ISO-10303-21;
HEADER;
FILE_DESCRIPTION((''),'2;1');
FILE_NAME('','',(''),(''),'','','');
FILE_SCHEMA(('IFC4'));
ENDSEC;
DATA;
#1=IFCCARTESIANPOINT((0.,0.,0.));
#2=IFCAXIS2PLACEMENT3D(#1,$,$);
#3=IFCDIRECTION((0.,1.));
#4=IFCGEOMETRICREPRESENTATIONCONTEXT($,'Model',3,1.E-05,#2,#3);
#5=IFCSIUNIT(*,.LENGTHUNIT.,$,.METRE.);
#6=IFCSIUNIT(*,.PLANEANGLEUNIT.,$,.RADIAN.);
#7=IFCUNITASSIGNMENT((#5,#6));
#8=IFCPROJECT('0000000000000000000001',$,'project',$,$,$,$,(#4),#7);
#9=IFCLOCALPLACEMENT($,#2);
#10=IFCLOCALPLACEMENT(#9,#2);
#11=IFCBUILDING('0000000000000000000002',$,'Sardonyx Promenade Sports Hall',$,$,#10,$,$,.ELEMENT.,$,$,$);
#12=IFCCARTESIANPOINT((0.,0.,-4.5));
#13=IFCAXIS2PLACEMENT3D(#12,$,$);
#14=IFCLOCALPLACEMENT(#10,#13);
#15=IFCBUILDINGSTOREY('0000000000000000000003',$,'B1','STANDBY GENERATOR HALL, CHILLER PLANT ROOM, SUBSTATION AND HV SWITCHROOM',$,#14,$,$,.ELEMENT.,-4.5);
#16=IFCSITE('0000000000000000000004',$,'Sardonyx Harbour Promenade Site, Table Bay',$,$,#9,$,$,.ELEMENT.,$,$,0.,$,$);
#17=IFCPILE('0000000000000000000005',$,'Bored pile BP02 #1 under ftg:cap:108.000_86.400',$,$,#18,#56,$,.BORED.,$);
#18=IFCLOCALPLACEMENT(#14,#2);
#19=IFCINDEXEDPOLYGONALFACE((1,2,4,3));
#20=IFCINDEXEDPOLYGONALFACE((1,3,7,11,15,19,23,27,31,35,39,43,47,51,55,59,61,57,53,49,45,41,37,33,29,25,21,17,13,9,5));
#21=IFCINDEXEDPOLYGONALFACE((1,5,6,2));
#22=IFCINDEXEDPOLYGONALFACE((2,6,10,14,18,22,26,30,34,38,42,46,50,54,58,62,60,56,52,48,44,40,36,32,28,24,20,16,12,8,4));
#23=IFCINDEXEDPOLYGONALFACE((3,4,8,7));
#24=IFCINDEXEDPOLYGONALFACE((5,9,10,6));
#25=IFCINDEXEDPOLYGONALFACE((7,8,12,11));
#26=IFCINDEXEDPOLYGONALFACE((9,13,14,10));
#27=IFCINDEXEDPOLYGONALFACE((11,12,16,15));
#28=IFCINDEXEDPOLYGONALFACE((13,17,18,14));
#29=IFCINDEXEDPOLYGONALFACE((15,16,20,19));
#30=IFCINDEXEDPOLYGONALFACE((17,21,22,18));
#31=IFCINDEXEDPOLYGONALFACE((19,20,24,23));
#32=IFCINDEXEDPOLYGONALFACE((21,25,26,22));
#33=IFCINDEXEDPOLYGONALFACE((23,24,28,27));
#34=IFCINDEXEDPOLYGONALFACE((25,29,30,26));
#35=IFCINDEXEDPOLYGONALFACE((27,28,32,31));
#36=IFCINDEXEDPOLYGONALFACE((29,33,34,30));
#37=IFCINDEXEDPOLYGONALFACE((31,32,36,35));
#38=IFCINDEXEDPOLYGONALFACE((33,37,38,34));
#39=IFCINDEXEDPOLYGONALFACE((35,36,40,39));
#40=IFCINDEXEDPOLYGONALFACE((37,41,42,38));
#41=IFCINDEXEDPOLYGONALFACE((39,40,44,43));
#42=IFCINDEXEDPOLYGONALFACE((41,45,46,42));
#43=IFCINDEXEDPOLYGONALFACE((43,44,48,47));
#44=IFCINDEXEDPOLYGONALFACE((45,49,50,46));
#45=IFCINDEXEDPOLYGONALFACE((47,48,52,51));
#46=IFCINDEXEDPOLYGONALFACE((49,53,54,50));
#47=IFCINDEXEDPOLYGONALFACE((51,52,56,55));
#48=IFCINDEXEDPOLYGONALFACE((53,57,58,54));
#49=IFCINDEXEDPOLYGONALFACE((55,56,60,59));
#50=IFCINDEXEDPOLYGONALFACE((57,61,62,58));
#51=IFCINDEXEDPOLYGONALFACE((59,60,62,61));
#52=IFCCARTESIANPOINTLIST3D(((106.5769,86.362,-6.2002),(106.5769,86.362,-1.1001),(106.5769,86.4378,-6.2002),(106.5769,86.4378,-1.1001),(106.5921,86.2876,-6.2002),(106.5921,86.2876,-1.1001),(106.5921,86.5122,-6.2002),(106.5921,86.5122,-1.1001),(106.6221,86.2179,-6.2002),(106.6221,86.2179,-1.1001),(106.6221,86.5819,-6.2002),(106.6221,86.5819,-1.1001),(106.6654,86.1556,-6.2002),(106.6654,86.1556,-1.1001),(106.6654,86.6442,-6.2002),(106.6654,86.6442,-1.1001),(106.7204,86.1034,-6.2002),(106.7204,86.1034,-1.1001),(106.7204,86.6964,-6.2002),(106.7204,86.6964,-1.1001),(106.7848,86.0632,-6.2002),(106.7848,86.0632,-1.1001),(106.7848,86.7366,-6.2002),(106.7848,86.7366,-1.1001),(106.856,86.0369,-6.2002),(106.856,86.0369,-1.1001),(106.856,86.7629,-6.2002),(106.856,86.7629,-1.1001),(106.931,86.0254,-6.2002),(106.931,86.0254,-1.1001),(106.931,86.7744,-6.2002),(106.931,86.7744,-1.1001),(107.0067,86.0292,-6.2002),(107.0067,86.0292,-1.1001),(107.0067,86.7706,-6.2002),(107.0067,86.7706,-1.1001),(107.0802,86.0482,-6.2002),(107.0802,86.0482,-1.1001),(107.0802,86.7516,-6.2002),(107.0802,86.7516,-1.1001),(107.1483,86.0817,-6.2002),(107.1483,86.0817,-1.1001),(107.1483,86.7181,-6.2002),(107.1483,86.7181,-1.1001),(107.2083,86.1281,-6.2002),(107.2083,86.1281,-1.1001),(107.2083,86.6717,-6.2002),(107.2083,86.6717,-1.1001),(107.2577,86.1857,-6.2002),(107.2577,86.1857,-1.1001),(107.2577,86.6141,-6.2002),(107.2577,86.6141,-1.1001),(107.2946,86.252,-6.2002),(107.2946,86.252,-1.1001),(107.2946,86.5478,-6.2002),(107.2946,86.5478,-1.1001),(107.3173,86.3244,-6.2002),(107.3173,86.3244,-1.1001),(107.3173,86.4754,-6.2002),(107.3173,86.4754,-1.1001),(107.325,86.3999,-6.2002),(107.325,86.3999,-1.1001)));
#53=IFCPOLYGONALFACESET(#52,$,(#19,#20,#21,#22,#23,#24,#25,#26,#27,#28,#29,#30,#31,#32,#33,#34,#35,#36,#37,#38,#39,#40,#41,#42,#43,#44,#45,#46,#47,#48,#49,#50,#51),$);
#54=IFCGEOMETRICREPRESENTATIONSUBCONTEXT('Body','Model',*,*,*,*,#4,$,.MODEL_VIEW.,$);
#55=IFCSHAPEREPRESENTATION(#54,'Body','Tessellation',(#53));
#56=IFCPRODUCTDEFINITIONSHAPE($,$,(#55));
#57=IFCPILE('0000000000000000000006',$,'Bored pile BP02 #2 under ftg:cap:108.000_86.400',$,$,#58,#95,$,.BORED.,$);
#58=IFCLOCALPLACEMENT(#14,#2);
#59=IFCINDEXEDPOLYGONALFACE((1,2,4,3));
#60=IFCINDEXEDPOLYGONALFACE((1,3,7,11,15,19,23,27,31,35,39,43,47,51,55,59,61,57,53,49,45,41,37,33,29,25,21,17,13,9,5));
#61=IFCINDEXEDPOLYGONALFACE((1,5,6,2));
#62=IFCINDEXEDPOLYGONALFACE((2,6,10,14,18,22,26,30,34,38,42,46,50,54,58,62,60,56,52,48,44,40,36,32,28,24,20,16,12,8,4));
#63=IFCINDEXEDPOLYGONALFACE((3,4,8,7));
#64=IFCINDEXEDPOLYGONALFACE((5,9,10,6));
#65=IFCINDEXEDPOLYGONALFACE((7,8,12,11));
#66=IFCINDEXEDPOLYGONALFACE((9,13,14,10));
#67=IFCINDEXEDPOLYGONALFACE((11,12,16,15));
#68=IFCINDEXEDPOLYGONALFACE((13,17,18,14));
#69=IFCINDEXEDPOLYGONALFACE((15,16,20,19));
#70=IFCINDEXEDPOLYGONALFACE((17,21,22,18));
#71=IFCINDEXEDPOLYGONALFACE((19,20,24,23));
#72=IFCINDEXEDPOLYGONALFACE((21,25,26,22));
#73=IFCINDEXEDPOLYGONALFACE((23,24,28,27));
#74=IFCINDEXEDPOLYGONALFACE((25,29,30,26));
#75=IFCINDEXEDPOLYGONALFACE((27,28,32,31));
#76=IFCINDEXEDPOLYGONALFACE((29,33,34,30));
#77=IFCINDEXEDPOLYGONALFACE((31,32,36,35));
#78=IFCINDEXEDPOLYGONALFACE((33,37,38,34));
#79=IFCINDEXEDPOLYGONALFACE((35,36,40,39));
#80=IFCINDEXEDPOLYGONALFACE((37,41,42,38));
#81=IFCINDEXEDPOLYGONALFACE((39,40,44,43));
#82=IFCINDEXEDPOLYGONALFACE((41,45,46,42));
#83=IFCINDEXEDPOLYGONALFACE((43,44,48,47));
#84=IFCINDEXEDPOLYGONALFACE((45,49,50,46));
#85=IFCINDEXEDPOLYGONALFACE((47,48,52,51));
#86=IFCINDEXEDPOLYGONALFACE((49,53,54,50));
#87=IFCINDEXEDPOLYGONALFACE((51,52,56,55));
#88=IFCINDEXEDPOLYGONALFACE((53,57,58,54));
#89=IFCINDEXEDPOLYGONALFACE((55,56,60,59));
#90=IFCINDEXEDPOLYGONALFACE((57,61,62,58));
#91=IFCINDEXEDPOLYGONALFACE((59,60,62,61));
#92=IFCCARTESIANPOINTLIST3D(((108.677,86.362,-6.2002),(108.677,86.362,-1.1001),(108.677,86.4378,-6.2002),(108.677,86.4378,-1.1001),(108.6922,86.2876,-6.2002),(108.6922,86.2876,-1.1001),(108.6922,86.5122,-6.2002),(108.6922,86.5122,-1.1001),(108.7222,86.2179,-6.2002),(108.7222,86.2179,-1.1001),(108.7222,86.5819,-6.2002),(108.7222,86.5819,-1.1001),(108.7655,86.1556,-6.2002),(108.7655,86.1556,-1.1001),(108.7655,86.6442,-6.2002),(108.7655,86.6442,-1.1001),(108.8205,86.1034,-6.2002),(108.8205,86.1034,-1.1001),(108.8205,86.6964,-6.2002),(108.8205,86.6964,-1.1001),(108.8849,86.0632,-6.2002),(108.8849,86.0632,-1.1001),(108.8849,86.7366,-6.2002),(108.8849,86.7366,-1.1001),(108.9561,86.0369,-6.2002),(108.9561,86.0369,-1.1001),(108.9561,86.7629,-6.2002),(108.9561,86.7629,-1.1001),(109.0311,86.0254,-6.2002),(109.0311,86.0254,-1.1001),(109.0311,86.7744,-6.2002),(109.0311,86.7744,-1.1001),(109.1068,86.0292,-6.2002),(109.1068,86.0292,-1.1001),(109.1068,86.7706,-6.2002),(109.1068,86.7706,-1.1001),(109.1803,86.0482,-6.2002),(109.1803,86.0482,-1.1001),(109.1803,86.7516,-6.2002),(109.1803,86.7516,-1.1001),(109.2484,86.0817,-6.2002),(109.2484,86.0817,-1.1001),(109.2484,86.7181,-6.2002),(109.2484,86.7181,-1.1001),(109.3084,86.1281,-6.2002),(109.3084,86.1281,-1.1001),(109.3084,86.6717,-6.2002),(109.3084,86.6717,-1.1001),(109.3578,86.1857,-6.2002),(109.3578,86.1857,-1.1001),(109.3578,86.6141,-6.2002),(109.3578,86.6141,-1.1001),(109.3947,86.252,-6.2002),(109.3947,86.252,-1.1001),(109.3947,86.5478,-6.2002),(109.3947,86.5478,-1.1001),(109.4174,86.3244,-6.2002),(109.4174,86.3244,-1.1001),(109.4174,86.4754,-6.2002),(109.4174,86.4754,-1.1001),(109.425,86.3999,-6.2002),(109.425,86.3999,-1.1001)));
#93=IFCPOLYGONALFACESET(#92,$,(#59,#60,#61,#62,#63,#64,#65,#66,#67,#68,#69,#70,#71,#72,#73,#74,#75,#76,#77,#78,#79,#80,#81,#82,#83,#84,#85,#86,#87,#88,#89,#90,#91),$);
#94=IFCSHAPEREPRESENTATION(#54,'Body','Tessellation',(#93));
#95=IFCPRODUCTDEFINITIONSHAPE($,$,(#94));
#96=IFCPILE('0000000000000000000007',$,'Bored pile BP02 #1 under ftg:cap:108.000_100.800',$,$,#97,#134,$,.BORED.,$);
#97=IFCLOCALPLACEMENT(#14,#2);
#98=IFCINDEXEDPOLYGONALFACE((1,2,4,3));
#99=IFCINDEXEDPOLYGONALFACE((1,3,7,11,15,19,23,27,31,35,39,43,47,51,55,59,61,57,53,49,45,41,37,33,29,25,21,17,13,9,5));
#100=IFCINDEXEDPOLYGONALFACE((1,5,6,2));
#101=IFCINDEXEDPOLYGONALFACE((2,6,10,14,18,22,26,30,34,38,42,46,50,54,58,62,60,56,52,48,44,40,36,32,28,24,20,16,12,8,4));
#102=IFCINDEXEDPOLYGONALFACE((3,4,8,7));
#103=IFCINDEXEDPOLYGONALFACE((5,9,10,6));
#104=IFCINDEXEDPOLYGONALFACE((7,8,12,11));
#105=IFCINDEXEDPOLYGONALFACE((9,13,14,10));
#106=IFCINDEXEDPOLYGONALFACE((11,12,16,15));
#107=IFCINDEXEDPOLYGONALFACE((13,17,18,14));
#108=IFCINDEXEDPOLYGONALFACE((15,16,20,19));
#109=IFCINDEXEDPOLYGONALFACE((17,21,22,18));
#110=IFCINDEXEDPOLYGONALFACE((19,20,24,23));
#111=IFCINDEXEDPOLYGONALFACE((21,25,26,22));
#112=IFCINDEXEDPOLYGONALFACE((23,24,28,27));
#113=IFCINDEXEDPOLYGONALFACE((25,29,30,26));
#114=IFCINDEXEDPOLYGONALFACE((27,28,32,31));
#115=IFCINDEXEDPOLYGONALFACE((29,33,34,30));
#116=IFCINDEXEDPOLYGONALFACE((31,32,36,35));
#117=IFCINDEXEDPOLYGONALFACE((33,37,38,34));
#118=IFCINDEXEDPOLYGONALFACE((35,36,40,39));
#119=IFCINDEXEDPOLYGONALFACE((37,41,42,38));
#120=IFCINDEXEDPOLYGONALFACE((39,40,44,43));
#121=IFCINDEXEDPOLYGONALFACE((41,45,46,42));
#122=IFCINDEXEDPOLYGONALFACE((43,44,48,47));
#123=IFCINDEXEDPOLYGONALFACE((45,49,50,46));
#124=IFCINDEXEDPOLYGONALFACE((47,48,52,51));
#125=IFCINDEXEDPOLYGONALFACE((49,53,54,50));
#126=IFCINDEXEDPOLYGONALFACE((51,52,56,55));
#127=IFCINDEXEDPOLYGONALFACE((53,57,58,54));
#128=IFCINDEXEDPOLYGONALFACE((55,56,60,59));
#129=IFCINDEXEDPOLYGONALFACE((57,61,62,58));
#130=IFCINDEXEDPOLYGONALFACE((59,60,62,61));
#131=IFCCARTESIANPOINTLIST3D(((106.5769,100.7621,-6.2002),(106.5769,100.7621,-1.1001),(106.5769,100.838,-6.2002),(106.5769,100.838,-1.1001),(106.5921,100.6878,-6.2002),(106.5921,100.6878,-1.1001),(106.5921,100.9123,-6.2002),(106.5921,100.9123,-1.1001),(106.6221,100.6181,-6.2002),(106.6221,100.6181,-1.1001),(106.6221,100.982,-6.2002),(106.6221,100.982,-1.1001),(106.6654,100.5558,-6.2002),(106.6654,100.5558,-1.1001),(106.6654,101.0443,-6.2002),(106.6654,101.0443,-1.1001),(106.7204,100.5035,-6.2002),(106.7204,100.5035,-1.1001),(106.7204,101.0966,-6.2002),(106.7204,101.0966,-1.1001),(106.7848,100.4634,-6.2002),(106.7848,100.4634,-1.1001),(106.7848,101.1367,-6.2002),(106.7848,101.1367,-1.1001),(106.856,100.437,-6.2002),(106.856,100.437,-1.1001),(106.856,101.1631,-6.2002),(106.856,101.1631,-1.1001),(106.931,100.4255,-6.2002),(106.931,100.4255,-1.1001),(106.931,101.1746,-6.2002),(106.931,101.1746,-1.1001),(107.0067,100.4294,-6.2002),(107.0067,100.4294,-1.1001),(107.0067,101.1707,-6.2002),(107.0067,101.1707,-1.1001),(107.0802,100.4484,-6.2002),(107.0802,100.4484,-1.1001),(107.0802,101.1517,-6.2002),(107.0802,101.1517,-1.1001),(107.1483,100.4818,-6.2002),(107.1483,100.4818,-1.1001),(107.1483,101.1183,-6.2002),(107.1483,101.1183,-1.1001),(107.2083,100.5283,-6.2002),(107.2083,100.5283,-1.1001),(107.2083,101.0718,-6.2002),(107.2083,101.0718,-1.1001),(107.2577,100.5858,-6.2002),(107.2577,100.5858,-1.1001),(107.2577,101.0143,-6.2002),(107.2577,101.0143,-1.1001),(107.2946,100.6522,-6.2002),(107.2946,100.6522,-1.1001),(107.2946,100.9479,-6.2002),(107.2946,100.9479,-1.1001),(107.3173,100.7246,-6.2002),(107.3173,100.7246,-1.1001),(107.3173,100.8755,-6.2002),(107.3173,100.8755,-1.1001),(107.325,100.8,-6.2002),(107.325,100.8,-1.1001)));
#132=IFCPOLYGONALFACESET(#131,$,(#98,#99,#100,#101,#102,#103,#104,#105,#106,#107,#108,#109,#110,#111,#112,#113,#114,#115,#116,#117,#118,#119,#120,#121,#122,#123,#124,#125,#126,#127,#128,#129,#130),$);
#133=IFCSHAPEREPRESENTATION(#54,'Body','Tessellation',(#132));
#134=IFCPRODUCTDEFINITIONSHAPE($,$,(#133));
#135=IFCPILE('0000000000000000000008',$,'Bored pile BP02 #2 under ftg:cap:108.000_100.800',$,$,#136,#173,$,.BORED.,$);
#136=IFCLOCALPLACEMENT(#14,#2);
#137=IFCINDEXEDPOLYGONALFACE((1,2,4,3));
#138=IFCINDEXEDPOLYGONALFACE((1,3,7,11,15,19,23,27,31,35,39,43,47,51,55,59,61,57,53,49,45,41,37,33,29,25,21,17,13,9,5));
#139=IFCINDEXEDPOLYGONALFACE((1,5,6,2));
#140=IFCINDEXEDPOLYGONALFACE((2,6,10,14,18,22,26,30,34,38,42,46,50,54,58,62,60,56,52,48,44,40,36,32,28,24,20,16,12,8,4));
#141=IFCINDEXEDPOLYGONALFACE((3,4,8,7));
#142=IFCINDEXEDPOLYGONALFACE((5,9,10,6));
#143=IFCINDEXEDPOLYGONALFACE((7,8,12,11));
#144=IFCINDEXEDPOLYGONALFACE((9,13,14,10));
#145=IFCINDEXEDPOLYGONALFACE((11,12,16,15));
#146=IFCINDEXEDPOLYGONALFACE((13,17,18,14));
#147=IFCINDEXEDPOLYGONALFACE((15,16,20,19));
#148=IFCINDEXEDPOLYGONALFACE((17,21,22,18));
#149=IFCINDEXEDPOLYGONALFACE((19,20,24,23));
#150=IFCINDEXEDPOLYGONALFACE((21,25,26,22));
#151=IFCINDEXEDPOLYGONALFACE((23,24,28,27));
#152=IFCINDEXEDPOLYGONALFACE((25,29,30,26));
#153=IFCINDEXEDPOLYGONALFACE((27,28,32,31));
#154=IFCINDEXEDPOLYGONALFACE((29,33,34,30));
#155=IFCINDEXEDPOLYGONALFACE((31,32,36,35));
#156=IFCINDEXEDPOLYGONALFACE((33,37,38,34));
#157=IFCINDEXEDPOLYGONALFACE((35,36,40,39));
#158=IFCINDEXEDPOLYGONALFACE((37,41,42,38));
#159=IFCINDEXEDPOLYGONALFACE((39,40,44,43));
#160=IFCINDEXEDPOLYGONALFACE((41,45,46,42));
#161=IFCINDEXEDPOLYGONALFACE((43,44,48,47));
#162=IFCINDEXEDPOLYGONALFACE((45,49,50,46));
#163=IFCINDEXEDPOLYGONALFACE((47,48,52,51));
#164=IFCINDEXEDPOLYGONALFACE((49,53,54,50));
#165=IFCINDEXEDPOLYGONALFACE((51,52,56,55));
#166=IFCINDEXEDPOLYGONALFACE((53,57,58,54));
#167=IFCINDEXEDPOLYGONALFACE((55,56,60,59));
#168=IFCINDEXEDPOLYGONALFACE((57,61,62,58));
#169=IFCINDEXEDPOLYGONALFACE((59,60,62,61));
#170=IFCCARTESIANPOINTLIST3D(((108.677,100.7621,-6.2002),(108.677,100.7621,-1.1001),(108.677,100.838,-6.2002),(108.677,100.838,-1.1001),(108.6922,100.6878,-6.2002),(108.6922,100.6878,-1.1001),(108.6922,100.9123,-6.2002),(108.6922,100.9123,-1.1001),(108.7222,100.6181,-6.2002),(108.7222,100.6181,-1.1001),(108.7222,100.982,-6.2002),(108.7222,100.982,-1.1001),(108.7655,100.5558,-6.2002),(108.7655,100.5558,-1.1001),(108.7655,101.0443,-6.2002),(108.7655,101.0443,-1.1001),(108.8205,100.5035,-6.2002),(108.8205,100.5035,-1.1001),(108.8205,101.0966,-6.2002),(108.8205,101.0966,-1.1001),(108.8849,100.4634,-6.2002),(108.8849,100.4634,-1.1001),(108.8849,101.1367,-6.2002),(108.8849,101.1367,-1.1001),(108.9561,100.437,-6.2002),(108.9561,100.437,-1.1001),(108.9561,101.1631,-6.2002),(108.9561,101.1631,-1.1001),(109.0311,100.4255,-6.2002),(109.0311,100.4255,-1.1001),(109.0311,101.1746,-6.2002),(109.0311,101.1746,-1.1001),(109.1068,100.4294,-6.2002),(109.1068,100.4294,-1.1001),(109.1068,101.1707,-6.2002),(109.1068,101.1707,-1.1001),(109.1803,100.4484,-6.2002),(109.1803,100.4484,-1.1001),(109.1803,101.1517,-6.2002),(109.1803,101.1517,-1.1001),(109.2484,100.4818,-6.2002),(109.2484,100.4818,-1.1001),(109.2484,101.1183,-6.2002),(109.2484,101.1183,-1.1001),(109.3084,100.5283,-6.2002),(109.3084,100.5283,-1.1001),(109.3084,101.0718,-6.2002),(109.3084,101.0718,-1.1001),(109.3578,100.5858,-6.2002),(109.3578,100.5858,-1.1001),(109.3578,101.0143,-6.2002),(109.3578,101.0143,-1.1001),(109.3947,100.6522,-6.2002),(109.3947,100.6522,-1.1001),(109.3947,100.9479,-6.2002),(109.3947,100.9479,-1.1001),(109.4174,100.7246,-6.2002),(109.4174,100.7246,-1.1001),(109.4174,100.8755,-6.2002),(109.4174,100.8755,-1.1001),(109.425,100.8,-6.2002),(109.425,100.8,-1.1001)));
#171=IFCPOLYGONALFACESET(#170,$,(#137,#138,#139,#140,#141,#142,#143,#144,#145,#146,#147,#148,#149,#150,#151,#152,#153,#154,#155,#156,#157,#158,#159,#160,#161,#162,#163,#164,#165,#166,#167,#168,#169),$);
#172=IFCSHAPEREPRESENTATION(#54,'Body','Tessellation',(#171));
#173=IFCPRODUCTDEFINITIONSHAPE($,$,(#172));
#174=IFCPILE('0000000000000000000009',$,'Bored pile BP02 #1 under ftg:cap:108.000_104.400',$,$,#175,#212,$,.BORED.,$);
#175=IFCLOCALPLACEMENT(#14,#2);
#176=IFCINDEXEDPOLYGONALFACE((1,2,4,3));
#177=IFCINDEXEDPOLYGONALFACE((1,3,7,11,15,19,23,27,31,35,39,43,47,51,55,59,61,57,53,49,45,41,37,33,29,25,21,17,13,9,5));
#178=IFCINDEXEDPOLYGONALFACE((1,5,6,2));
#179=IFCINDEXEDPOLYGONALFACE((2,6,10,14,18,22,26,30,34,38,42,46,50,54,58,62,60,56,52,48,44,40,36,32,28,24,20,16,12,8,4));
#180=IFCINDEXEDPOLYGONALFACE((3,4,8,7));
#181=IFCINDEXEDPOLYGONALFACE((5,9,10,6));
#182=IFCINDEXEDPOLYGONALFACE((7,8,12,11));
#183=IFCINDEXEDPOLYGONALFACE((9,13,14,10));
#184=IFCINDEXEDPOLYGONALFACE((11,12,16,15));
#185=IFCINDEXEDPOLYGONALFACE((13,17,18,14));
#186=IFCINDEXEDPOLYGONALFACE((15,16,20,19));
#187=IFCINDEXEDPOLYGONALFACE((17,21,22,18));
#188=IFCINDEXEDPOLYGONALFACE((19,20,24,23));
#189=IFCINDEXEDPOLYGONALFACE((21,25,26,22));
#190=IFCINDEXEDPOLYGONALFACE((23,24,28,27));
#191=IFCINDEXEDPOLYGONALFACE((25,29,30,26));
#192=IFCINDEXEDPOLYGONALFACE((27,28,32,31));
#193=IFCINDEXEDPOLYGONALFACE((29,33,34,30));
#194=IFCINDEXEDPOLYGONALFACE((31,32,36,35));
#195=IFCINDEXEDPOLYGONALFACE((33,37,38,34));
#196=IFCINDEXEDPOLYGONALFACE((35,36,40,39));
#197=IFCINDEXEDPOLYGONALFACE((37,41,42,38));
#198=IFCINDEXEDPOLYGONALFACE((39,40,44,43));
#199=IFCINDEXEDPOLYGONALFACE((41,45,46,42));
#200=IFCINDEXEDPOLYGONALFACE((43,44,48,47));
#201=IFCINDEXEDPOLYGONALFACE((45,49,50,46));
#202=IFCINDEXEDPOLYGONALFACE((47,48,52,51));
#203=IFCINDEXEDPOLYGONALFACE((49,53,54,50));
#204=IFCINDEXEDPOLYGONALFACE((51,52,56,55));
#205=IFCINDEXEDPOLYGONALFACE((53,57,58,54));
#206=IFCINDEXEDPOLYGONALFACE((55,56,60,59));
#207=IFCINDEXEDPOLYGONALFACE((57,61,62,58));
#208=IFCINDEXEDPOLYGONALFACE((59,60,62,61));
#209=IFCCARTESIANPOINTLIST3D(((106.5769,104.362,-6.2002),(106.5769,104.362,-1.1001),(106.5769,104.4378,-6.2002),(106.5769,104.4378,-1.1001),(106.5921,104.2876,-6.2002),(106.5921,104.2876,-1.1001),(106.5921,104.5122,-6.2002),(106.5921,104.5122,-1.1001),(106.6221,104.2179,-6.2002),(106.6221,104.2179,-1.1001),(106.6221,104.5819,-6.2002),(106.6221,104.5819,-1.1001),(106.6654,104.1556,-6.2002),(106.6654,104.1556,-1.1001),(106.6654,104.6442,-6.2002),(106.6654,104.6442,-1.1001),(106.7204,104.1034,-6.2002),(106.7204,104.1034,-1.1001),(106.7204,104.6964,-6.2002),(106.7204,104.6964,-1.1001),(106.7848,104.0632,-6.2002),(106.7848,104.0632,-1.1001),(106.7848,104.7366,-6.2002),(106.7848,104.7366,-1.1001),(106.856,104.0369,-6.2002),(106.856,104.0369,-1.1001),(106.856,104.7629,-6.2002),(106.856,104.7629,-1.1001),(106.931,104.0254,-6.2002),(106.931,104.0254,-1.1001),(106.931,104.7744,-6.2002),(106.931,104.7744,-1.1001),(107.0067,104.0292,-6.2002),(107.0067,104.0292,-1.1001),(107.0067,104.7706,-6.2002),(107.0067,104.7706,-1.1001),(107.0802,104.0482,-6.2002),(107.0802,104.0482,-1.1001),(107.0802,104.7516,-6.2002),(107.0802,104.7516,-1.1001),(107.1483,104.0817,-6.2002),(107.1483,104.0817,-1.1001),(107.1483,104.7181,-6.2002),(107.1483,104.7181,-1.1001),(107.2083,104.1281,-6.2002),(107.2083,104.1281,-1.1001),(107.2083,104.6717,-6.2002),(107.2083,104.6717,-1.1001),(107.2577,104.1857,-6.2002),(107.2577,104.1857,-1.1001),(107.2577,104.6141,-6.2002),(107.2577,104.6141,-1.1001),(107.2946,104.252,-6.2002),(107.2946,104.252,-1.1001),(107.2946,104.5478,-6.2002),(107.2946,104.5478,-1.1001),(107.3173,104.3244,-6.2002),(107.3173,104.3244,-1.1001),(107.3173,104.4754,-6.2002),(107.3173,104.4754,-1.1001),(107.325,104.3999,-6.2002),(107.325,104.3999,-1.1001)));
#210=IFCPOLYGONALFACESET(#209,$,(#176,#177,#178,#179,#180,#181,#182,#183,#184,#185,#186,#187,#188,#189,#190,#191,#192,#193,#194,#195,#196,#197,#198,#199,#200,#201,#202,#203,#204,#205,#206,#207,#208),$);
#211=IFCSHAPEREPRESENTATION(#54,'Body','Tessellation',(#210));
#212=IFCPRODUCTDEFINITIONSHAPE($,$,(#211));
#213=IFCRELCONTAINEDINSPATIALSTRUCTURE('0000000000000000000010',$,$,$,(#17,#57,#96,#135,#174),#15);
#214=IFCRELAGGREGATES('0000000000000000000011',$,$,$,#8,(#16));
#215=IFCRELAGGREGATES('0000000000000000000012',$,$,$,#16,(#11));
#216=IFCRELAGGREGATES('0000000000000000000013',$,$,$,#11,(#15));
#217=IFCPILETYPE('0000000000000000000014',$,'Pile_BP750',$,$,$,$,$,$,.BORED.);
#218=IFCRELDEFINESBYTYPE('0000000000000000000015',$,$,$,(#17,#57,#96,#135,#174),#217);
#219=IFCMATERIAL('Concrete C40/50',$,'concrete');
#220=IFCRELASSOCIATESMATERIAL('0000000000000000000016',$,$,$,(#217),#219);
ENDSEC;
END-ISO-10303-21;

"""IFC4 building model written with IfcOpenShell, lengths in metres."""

from ifc_helpers import new_model, si_unit, direction, frame, origin, origin_2d, place, context, subcontext, project, spatial, circle, extrude, material, material_profile, profile_set, type_object, element, save


model = new_model("IFC4")

# Units and contexts
model_context = context("Model", 3, precision=1e-05, world=origin(), true_north=direction((0.0, 1.0)))
body_context = subcontext(model_context, "Body", "Model", "MODEL_VIEW")
ifc_project = project(units=[si_unit("LENGTHUNIT", "METRE"), si_unit("PLANEANGLEUNIT", "RADIAN")], contexts=[model_context])

# Site, building, storey
site_placement = place(None, origin())
site = spatial("IfcSite", under=ifc_project, at=site_placement, Name="Sardonyx Harbour Promenade Site, Table Bay", CompositionType="ELEMENT", RefElevation=0.0)
building_placement = place(site_placement, origin())
building = spatial("IfcBuilding", under=site, at=building_placement, Name="Sardonyx Promenade Sports Hall", CompositionType="ELEMENT")
storey_placement = place(building_placement, frame((0.0, 0.0, -4.5)))
storey = spatial("IfcBuildingStorey", under=building, at=storey_placement, Name="B1", Description="STANDBY GENERATOR HALL, CHILLER PLANT ROOM, SUBSTATION AND HV SWITCHROOM", CompositionType="ELEMENT", Elevation=-4.5)

# Piles
ifc_material_1 = material(Name="Concrete C40/50", Category="concrete")
ifc_material_profile_1 = material_profile(ifc_material_1, circle(Radius=0.375, at=origin_2d()))
ifc_profile_set_1 = profile_set([ifc_material_profile_1], Name="Concrete C40/50")
pile_type = type_object("IfcPileType", Name="Pile_BP750", PredefinedType="BORED", material=ifc_profile_set_1)
for number, where, z_axis, x_axis, name in (
    (1, (106.95, 86.3999, -1.1001), (0.0, 0.0, -1.0), (1.0, 0.0, 0.0), "Bored pile BP02 #1 under ftg:cap:108.000_86.400"),
    (2, (109.05, 86.3999, -1.1001), (0.0, 0.0, -1.0), (1.0, 0.0, 0.0), "Bored pile BP02 #2 under ftg:cap:108.000_86.400"),
    (3, (106.95, 100.8, -1.1001), (0.0, 0.0, -1.0), (1.0, 0.0, 0.0), "Bored pile BP02 #1 under ftg:cap:108.000_100.800"),
    (4, (109.05, 100.8, -1.1001), (0.0, 0.0, -1.0), (1.0, 0.0, 0.0), "Bored pile BP02 #2 under ftg:cap:108.000_100.800"),
    (5, (106.95, 104.3999, -1.1001), (0.0, 0.0, -1.0), (1.0, 0.0, 0.0), "Bored pile BP02 #1 under ftg:cap:108.000_104.400"),
):
    element("IfcPile", number, at=place(storey_placement, frame(where, z_axis=z_axis, x_axis=x_axis)), inside=storey, type_object=pile_type, Name=name, PredefinedType="BORED", context=body_context, shape_type="SweptSolid", body=[
        extrude(circle(Radius=0.375, at=origin_2d()), origin(), (0.0, 0.0, 1.0), 5.1001),
    ])

save(model, "model.ifc")
